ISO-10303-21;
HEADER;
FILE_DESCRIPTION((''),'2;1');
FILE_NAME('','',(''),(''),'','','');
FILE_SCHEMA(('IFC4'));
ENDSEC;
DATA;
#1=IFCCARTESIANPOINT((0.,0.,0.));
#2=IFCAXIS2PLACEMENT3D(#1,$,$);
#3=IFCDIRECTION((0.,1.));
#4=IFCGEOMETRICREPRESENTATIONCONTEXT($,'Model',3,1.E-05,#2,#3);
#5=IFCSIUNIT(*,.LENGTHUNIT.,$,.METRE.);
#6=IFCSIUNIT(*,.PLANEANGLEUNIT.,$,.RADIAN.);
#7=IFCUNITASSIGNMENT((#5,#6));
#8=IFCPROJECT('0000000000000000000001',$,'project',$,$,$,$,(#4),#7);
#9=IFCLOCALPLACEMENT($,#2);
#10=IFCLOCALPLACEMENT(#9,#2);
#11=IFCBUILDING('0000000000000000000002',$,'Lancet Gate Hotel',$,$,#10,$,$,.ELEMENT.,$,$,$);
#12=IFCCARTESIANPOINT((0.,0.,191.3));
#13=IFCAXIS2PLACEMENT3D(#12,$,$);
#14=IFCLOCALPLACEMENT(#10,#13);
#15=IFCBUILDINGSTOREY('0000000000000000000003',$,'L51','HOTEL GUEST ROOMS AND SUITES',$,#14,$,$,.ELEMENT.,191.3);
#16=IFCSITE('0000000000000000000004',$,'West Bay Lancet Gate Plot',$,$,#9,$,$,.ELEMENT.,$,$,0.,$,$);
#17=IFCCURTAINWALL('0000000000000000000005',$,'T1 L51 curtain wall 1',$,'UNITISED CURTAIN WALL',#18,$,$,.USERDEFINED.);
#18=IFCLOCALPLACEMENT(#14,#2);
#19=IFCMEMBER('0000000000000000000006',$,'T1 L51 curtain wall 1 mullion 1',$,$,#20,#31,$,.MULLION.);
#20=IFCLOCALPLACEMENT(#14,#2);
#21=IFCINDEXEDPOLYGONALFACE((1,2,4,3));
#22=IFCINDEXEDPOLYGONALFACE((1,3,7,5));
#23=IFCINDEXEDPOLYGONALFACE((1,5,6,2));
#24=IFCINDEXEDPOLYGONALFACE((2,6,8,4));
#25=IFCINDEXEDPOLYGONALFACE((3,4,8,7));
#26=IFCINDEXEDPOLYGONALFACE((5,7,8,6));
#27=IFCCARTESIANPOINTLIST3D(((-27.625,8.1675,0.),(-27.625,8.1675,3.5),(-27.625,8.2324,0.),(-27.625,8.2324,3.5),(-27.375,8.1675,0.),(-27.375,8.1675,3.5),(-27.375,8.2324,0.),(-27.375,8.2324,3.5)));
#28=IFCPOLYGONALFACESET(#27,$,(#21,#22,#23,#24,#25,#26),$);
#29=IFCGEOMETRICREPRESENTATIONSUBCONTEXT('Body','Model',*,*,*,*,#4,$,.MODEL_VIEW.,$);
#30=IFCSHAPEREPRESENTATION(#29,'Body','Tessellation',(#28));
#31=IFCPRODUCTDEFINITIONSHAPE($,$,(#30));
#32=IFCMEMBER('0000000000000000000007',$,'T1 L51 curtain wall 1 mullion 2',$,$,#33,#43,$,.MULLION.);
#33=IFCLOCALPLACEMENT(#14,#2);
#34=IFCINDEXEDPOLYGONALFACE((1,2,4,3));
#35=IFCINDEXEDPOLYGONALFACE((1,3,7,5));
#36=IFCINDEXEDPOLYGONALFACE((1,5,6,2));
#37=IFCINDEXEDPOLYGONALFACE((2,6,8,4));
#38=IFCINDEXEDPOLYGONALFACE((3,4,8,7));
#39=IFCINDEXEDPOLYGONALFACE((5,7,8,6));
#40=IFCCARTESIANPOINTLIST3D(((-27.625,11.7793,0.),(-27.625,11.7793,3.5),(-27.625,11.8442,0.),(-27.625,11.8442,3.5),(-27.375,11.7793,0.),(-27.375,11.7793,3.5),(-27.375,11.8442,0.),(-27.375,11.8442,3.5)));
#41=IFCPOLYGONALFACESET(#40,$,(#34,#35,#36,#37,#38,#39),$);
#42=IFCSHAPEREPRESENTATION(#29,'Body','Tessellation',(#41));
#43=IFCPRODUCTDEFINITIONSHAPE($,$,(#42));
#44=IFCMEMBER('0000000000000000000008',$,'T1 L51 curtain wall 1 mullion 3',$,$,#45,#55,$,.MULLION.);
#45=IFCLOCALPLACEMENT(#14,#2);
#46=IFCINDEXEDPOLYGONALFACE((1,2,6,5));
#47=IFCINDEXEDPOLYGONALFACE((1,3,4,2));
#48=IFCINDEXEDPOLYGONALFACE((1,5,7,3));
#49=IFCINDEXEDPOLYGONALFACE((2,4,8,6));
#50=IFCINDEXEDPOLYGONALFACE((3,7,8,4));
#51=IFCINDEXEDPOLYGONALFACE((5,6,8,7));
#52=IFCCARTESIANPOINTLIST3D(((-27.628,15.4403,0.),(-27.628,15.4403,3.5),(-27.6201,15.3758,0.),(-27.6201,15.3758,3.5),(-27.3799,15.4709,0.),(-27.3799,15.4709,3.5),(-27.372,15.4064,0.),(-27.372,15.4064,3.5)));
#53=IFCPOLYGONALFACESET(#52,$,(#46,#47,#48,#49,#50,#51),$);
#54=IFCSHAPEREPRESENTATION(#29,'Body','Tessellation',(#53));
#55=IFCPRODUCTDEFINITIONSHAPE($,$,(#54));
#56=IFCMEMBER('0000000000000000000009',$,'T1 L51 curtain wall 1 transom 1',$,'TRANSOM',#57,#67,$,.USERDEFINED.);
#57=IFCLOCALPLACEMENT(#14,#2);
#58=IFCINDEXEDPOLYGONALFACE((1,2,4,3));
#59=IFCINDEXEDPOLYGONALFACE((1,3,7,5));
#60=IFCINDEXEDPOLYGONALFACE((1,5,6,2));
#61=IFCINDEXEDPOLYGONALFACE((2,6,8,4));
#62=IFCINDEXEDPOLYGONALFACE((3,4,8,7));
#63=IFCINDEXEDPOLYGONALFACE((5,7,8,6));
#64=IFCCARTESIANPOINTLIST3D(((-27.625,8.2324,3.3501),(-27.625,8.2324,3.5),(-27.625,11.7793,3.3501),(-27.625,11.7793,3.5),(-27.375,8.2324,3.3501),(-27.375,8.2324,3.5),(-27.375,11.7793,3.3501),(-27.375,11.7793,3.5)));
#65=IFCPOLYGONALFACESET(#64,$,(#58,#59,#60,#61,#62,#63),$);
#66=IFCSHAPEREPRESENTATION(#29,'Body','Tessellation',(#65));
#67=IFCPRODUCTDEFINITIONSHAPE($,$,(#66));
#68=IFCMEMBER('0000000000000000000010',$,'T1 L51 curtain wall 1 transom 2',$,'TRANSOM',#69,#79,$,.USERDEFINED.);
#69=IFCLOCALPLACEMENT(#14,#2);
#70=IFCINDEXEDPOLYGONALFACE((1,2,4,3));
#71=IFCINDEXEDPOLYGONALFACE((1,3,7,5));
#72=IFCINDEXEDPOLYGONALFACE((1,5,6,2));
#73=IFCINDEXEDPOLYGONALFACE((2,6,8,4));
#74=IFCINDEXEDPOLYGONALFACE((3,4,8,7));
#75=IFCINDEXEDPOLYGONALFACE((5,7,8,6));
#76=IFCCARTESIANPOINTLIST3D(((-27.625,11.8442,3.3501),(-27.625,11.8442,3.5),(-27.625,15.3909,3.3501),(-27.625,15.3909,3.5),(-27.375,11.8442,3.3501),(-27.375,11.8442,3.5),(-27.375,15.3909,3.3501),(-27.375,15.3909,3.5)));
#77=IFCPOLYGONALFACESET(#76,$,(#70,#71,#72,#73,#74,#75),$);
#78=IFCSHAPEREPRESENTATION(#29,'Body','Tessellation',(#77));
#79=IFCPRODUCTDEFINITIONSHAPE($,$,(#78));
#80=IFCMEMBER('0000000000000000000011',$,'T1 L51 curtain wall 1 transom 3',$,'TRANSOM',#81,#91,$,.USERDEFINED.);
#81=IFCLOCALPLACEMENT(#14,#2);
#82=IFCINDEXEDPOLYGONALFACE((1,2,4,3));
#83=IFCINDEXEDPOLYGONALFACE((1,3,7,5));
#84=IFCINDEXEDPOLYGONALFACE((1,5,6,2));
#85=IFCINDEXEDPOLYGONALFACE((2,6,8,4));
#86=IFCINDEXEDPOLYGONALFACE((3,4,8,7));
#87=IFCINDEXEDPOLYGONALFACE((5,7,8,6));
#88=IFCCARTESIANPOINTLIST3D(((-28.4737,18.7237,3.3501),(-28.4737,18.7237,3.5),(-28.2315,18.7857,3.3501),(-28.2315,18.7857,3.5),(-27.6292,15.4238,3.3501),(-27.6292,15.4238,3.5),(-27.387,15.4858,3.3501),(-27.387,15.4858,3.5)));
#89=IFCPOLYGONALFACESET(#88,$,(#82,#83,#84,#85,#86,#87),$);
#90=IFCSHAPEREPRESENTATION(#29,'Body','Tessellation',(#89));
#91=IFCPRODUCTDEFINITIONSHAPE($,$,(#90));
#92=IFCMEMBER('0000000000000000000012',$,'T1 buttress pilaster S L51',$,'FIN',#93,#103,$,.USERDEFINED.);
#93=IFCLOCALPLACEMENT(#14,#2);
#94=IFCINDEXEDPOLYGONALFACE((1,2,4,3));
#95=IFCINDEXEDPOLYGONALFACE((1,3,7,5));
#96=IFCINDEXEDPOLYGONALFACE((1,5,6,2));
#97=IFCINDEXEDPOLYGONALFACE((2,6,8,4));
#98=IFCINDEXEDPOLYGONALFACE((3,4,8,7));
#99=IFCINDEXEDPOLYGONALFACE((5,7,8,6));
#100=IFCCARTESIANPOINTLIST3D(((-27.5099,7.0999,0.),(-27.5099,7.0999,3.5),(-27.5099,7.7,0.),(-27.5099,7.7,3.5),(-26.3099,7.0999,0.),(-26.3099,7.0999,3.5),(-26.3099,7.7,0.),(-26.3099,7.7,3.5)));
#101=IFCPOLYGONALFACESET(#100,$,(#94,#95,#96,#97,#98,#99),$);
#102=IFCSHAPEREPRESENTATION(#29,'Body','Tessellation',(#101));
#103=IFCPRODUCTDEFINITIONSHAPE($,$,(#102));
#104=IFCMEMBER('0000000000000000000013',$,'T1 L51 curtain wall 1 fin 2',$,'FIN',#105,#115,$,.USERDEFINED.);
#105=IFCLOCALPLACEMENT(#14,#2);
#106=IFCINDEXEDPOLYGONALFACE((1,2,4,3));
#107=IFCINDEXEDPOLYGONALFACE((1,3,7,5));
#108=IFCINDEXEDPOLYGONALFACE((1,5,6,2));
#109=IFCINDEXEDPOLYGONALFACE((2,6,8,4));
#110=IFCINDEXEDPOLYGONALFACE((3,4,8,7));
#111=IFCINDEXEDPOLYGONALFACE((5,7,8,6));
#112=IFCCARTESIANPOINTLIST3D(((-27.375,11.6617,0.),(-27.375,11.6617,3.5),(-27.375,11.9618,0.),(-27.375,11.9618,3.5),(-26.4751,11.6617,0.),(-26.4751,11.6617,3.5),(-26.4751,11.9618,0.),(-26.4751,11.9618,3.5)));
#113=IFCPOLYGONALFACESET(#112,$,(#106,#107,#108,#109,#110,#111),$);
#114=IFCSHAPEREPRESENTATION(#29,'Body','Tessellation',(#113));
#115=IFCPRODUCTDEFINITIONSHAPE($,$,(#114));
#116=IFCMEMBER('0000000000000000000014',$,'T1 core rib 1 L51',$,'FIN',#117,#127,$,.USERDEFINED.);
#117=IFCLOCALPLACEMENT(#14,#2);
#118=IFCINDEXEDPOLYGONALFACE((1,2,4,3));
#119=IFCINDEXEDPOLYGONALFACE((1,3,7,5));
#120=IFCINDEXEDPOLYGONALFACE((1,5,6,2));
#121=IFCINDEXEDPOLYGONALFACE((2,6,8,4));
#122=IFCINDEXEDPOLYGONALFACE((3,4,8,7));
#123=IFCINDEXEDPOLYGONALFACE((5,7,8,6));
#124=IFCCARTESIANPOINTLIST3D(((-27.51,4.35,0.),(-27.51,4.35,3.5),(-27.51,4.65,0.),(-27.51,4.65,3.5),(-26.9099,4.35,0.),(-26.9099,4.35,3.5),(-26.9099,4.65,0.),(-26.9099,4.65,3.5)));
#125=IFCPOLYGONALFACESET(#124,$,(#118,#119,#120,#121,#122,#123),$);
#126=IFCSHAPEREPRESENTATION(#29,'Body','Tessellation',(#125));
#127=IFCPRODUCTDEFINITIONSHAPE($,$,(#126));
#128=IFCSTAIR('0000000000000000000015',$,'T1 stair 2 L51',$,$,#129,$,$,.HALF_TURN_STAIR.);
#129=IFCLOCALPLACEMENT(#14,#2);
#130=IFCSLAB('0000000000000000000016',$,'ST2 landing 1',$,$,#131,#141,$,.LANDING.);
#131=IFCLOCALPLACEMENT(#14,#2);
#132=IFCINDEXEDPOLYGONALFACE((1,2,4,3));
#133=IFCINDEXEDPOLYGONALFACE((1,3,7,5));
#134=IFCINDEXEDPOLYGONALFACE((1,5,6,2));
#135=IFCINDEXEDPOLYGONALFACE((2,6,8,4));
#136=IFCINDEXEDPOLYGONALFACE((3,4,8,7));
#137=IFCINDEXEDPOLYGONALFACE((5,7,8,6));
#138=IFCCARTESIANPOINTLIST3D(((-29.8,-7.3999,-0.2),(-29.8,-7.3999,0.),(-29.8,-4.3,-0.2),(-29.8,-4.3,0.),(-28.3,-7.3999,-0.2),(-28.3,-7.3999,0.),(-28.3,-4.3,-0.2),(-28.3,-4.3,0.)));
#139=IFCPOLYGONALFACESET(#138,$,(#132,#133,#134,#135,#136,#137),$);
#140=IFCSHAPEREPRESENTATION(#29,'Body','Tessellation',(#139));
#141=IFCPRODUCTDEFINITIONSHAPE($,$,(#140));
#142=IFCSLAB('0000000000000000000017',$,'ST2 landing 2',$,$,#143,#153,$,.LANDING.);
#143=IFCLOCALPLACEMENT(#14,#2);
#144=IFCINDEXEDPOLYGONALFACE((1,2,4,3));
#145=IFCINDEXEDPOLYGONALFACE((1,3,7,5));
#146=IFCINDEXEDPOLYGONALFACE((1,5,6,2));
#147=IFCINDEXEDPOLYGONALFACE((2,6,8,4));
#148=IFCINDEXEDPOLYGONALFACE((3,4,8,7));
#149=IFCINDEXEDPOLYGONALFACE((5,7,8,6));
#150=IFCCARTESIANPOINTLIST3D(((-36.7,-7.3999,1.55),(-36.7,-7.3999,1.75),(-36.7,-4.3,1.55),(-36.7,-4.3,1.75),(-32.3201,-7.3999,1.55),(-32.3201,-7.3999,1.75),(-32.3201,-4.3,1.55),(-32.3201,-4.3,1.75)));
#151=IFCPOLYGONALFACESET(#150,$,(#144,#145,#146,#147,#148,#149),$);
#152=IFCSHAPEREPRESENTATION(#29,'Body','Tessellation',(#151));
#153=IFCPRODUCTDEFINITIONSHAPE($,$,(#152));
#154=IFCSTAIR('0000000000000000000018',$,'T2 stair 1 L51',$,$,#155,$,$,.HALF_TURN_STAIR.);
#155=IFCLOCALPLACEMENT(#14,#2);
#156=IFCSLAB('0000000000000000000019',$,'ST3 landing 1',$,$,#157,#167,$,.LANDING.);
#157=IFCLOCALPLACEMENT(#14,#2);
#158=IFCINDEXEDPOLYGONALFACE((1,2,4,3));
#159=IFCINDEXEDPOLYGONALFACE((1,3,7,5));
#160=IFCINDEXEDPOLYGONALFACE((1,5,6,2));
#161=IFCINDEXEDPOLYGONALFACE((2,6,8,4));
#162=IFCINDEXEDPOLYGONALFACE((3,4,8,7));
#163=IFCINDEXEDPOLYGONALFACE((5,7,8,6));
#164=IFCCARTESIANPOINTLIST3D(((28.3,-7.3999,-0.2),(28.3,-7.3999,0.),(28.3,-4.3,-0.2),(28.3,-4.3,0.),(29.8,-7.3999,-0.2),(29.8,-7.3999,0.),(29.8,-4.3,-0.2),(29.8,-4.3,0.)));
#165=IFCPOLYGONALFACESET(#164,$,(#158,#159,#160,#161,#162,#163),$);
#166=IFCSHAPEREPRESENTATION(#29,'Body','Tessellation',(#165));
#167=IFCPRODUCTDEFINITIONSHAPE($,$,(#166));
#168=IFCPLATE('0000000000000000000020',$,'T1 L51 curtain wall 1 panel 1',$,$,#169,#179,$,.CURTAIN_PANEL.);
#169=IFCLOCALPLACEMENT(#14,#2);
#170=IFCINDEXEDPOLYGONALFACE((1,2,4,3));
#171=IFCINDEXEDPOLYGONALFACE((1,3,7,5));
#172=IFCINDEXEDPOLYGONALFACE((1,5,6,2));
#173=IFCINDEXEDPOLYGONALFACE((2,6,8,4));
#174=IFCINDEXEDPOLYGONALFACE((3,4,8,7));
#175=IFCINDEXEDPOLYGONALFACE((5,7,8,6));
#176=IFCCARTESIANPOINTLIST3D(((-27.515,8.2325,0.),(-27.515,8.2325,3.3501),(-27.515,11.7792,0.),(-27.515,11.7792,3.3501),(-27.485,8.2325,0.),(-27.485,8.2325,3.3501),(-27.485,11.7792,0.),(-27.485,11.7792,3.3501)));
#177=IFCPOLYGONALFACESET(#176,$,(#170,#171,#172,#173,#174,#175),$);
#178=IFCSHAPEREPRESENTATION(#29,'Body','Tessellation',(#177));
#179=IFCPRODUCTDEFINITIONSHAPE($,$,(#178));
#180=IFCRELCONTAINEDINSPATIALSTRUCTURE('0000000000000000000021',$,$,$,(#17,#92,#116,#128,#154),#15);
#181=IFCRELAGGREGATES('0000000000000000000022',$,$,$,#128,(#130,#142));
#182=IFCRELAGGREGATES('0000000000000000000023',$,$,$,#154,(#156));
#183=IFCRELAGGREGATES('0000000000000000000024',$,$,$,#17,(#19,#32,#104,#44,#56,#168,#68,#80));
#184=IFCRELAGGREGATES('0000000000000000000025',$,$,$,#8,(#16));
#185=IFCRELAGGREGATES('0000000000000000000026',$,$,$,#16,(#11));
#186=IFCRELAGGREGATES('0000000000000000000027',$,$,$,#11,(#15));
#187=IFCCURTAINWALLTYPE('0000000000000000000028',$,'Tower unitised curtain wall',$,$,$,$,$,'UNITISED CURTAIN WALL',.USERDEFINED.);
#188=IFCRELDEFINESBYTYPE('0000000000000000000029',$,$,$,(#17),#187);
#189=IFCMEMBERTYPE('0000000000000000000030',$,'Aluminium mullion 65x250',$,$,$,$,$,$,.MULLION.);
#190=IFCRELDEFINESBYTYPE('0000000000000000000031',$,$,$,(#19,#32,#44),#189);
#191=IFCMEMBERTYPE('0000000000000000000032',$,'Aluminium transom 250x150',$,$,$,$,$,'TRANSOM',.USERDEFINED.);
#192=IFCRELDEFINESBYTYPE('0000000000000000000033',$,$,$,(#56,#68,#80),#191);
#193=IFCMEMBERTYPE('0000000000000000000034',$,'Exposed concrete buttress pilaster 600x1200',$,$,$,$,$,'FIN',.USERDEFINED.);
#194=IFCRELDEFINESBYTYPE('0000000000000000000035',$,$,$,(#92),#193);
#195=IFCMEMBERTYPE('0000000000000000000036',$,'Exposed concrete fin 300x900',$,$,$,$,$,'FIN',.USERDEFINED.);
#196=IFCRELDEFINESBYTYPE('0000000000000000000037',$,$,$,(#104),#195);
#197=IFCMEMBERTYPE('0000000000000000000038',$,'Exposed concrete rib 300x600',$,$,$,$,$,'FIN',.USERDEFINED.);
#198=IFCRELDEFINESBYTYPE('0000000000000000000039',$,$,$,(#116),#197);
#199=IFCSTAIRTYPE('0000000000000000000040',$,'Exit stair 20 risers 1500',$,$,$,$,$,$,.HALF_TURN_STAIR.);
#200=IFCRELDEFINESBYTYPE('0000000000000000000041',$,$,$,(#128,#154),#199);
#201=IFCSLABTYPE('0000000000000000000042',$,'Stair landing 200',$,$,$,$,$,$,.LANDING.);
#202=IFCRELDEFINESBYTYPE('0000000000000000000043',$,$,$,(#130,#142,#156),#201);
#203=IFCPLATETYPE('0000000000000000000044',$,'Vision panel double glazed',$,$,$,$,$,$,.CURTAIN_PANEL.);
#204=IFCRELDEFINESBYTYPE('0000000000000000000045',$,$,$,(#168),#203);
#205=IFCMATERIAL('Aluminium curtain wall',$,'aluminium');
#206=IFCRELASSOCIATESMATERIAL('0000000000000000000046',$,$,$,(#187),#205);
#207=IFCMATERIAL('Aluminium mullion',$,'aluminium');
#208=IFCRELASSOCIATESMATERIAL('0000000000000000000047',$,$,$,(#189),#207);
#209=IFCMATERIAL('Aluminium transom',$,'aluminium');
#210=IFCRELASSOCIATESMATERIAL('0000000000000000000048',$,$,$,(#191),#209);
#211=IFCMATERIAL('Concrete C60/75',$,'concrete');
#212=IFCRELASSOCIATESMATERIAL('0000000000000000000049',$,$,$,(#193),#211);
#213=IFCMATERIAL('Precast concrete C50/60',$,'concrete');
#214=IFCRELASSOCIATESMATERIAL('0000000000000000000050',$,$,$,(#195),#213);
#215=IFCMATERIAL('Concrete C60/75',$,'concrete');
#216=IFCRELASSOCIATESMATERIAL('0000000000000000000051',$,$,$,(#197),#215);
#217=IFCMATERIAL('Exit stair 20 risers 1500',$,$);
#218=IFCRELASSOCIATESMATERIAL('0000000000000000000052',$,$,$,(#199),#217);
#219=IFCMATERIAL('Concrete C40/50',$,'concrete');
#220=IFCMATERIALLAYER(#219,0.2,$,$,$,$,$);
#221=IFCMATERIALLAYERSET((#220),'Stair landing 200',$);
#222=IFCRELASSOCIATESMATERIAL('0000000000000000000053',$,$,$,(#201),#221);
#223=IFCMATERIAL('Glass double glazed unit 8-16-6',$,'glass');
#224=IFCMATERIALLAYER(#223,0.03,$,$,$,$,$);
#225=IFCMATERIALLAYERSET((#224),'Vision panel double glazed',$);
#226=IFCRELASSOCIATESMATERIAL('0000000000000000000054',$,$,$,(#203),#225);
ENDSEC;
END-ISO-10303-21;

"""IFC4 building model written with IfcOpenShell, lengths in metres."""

from ifc_helpers import new_model, si_unit, direction, frame, origin, origin_2d, place, context, subcontext, project, spatial, polyline, rectangle, outline, extrude, material, layer, layer_set, material_profile, profile_set, type_object, element, aggregate, save


model = new_model("IFC4")

# Units and contexts
model_context = context("Model", 3, precision=1e-05, world=origin(), true_north=direction((0.0, 1.0)))
body_context = subcontext(model_context, "Body", "Model", "MODEL_VIEW")
ifc_project = project(units=[si_unit("LENGTHUNIT", "METRE"), si_unit("PLANEANGLEUNIT", "RADIAN")], contexts=[model_context])

# Site, building, storey
site_placement = place(None, origin())
site = spatial("IfcSite", under=ifc_project, at=site_placement, Name="West Bay Lancet Gate Plot", CompositionType="ELEMENT", RefElevation=0.0)
building_placement = place(site_placement, origin())
building = spatial("IfcBuilding", under=site, at=building_placement, Name="Lancet Gate Hotel", CompositionType="ELEMENT")
storey_placement = place(building_placement, frame((0.0, 0.0, 191.3)))
storey = spatial("IfcBuildingStorey", under=building, at=storey_placement, Name="L51", Description="HOTEL GUEST ROOMS AND SUITES", CompositionType="ELEMENT", Elevation=191.3)

# Curtain wall, members
ifc_material_1 = material(Name="Aluminium curtain wall", Category="aluminium")
curtain_wall_type = type_object("IfcCurtainWallType", Name="Tower unitised curtain wall", ElementType="UNITISED CURTAIN WALL", PredefinedType="USERDEFINED", material=ifc_material_1)
curtain_wall_placement = place(storey_placement, origin())
curtain_wall = element("IfcCurtainWall", 1, at=curtain_wall_placement, inside=storey, type_object=curtain_wall_type, Name="T1 L51 curtain wall 1", ObjectType="UNITISED CURTAIN WALL", PredefinedType="USERDEFINED")
ifc_material_2 = material(Name="Aluminium mullion", Category="aluminium")
ifc_material_profile_1 = material_profile(ifc_material_2, rectangle(XDim=0.0649, YDim=0.25, at=origin_2d()), Name="MULLION 65x250")
ifc_profile_set_1 = profile_set([ifc_material_profile_1], Name="Aluminium mullion")
member_type_1 = type_object("IfcMemberType", Name="Aluminium mullion 65x250", PredefinedType="MULLION", material=ifc_profile_set_1)
member_1_placement = place(storey_placement, frame((-27.5, 8.2, 0.0), z_axis=(0.0, 0.0, 1.0), x_axis=(0.0, 1.0, 0.0)))
member_1 = element("IfcMember", 2, at=member_1_placement, type_object=member_type_1, Name="T1 L51 curtain wall 1 mullion 1", PredefinedType="MULLION", context=body_context, shape_type="SweptSolid", body=[
    extrude(rectangle(XDim=0.0649, YDim=0.25, at=origin_2d()), origin(), (0.0, 0.0, 1.0), 3.5),
])
member_2_placement = place(storey_placement, frame((-27.5, 11.8118, 0.0), z_axis=(0.0, 0.0, 1.0), x_axis=(0.0, 1.0, 0.0)))
member_2 = element("IfcMember", 3, at=member_2_placement, type_object=member_type_1, Name="T1 L51 curtain wall 1 mullion 2", PredefinedType="MULLION", context=body_context, shape_type="SweptSolid", body=[
    extrude(rectangle(XDim=0.0649, YDim=0.25, at=origin_2d()), origin(), (0.0, 0.0, 1.0), 3.5),
])
member_3_placement = place(storey_placement, frame((-27.5, 15.4233, 0.0), z_axis=(0.0, 0.0, 1.0), x_axis=(-0.122467, 0.992473, 0.0)))
member_3 = element("IfcMember", 4, at=member_3_placement, type_object=member_type_1, Name="T1 L51 curtain wall 1 mullion 3", PredefinedType="MULLION", context=body_context, shape_type="SweptSolid", body=[
    extrude(rectangle(XDim=0.0649, YDim=0.25, at=origin_2d()), origin(), (0.0, 0.0, 1.0), 3.5),
])
ifc_material_3 = material(Name="Aluminium transom", Category="aluminium")
ifc_material_profile_2 = material_profile(ifc_material_3, rectangle(XDim=0.25, YDim=0.1499, at=origin_2d()), Name="TRANSOM 250x150")
ifc_profile_set_2 = profile_set([ifc_material_profile_2], Name="Aluminium transom")
member_type_2 = type_object("IfcMemberType", Name="Aluminium transom 250x150", ElementType="TRANSOM", PredefinedType="USERDEFINED", material=ifc_profile_set_2)
member_4_placement = place(storey_placement, frame((-27.5, 8.2324, 3.425), z_axis=(0.0, 1.0, 0.0), x_axis=(-1.0, 0.0, 0.0)))
member_4 = element("IfcMember", 5, at=member_4_placement, type_object=member_type_2, Name="T1 L51 curtain wall 1 transom 1", ObjectType="TRANSOM", PredefinedType="USERDEFINED", context=body_context, shape_type="SweptSolid", body=[
    extrude(rectangle(XDim=0.25, YDim=0.1499, at=origin_2d()), origin(), (0.0, 0.0, 1.0), 3.5469),
])
member_5_placement = place(storey_placement, frame((-27.5, 11.8442, 3.425), z_axis=(0.0, 1.0, 0.0), x_axis=(-1.0, 0.0, 0.0)))
member_5 = element("IfcMember", 6, at=member_5_placement, type_object=member_type_2, Name="T1 L51 curtain wall 1 transom 2", ObjectType="TRANSOM", PredefinedType="USERDEFINED", context=body_context, shape_type="SweptSolid", body=[
    extrude(rectangle(XDim=0.25, YDim=0.1499, at=origin_2d()), origin(), (0.0, 0.0, 1.0), 3.5466),
])
member_6_placement = place(storey_placement, frame((-27.5081, 15.4548, 3.425), z_axis=(-0.247929, 0.968778, 0.0), x_axis=(-0.968778, -0.247929, 0.0)))
member_6 = element("IfcMember", 7, at=member_6_placement, type_object=member_type_2, Name="T1 L51 curtain wall 1 transom 3", ObjectType="TRANSOM", PredefinedType="USERDEFINED", context=body_context, shape_type="SweptSolid", body=[
    extrude(rectangle(XDim=0.25, YDim=0.1499, at=origin_2d()), origin(), (0.0, 0.0, 1.0), 3.4062),
])

# Members
ifc_material_4 = material(Name="Concrete C60/75", Category="concrete")
ifc_material_profile_3 = material_profile(ifc_material_4, rectangle(XDim=0.6001, YDim=1.2, at=origin_2d()), Name="FIN 600x1200")
ifc_profile_set_3 = profile_set([ifc_material_profile_3], Name="Concrete C60/75")
member_type_3 = type_object("IfcMemberType", Name="Exposed concrete buttress pilaster 600x1200", ElementType="FIN", PredefinedType="USERDEFINED", material=ifc_profile_set_3)
member_7_placement = place(storey_placement, frame((-26.9099, 7.3999, 0.0), z_axis=(0.0, 0.0, 1.0), x_axis=(0.0, 1.0, 0.0)))
element("IfcMember", 8, at=member_7_placement, inside=storey, type_object=member_type_3, Name="T1 buttress pilaster S L51", ObjectType="FIN", PredefinedType="USERDEFINED", context=body_context, shape_type="SweptSolid", body=[
    extrude(rectangle(XDim=0.6001, YDim=1.2, at=origin_2d()), origin(), (0.0, 0.0, 1.0), 3.5),
])
ifc_material_5 = material(Name="Precast concrete C50/60", Category="concrete")
ifc_material_profile_4 = material_profile(ifc_material_5, rectangle(XDim=0.3, YDim=0.8999, at=origin_2d()), Name="FIN 300x900")
ifc_profile_set_4 = profile_set([ifc_material_profile_4], Name="Precast concrete C50/60")
member_type_4 = type_object("IfcMemberType", Name="Exposed concrete fin 300x900", ElementType="FIN", PredefinedType="USERDEFINED", material=ifc_profile_set_4)
member_8_placement = place(storey_placement, frame((-26.925, 11.8118, 0.0), z_axis=(0.0, 0.0, 1.0), x_axis=(0.0, 1.0, 0.0)))
member_8 = element("IfcMember", 9, at=member_8_placement, type_object=member_type_4, Name="T1 L51 curtain wall 1 fin 2", ObjectType="FIN", PredefinedType="USERDEFINED", context=body_context, shape_type="SweptSolid", body=[
    extrude(rectangle(XDim=0.3, YDim=0.8999, at=origin_2d()), origin(), (0.0, 0.0, 1.0), 3.5),
])
ifc_material_6 = material(Name="Concrete C60/75", Category="concrete")
ifc_material_profile_5 = material_profile(ifc_material_6, rectangle(XDim=0.3, YDim=0.6001, at=origin_2d()), Name="FIN 300x600")
ifc_profile_set_5 = profile_set([ifc_material_profile_5], Name="Concrete C60/75")
member_type_5 = type_object("IfcMemberType", Name="Exposed concrete rib 300x600", ElementType="FIN", PredefinedType="USERDEFINED", material=ifc_profile_set_5)
member_9_placement = place(storey_placement, frame((-27.21, 4.5, 0.0), z_axis=(0.0, 0.0, 1.0), x_axis=(0.0, 1.0, 0.0)))
element("IfcMember", 10, at=member_9_placement, inside=storey, type_object=member_type_5, Name="T1 core rib 1 L51", ObjectType="FIN", PredefinedType="USERDEFINED", context=body_context, shape_type="SweptSolid", body=[
    extrude(rectangle(XDim=0.3, YDim=0.6001, at=origin_2d()), origin(), (0.0, 0.0, 1.0), 3.5),
])

# Stair, slabs
ifc_material_7 = material(Name="Exit stair 20 risers 1500")
stair_type = type_object("IfcStairType", Name="Exit stair 20 risers 1500", PredefinedType="HALF_TURN_STAIR", material=ifc_material_7)
stair_1_placement = place(storey_placement, origin())
stair_1 = element("IfcStair", 11, at=stair_1_placement, inside=storey, type_object=stair_type, Name="T1 stair 2 L51", PredefinedType="HALF_TURN_STAIR")
ifc_material_8 = material(Name="Concrete C40/50", Category="concrete")
ifc_layer_1 = layer(ifc_material_8, 0.2)
ifc_layer_set_1 = layer_set([ifc_layer_1], Name="Stair landing 200")
slab_type = type_object("IfcSlabType", Name="Stair landing 200", PredefinedType="LANDING", material=ifc_layer_set_1)
slab_1_placement = place(storey_placement, frame((0.0, 0.0, -0.2)))
slab_1 = element("IfcSlab", 12, at=slab_1_placement, type_object=slab_type, Name="ST2 landing 1", PredefinedType="LANDING", context=body_context, shape_type="SweptSolid", body=[
    extrude(outline(polyline([(-28.3, -4.3), (-29.8, -4.3), (-29.8, -7.3999), (-28.3, -7.3999), (-28.3, -4.3)])), origin(), (0.0, 0.0, 1.0), 0.2),
])
slab_2_placement = place(storey_placement, frame((0.0, 0.0, 1.55)))
slab_2 = element("IfcSlab", 13, at=slab_2_placement, type_object=slab_type, Name="ST2 landing 2", PredefinedType="LANDING", context=body_context, shape_type="SweptSolid", body=[
    extrude(outline(polyline([(-32.3201, -4.3), (-36.7, -4.3), (-36.7, -7.3999), (-32.3201, -7.3999), (-32.3201, -4.3)])), origin(), (0.0, 0.0, 1.0), 0.2),
])
aggregate(stair_1, [slab_1, slab_2])

# Stair, slab
stair_2_placement = place(storey_placement, origin())
stair_2 = element("IfcStair", 14, at=stair_2_placement, inside=storey, type_object=stair_type, Name="T2 stair 1 L51", PredefinedType="HALF_TURN_STAIR")
slab_3_placement = place(storey_placement, frame((0.0, 0.0, -0.2)))
slab_3 = element("IfcSlab", 15, at=slab_3_placement, type_object=slab_type, Name="ST3 landing 1", PredefinedType="LANDING", context=body_context, shape_type="SweptSolid", body=[
    extrude(outline(polyline([(28.3, -7.3999), (29.8, -7.3999), (29.8, -4.3), (28.3, -4.3), (28.3, -7.3999)])), origin(), (0.0, 0.0, 1.0), 0.2),
])
aggregate(stair_2, [slab_3])

# Plate
ifc_material_9 = material(Name="Glass double glazed unit 8-16-6", Category="glass")
ifc_layer_2 = layer(ifc_material_9, 0.03)
ifc_layer_set_2 = layer_set([ifc_layer_2], Name="Vision panel double glazed")
plate_type = type_object("IfcPlateType", Name="Vision panel double glazed", PredefinedType="CURTAIN_PANEL", material=ifc_layer_set_2)
plate_1_placement = place(storey_placement, frame((-27.5, 10.0059, 0.0), z_axis=(0.0, 0.0, 1.0), x_axis=(0.0, 1.0, 0.0)))
plate_1 = element("IfcPlate", 16, at=plate_1_placement, type_object=plate_type, Name="T1 L51 curtain wall 1 panel 1", PredefinedType="CURTAIN_PANEL", context=body_context, shape_type="SweptSolid", body=[
    extrude(rectangle(XDim=3.5466, YDim=0.03, at=origin_2d()), origin(), (0.0, 0.0, 1.0), 3.3501),
])
aggregate(curtain_wall, [member_1, member_2, member_8, member_3, member_4, plate_1, member_5, member_6])

save(model, "model.ifc")
